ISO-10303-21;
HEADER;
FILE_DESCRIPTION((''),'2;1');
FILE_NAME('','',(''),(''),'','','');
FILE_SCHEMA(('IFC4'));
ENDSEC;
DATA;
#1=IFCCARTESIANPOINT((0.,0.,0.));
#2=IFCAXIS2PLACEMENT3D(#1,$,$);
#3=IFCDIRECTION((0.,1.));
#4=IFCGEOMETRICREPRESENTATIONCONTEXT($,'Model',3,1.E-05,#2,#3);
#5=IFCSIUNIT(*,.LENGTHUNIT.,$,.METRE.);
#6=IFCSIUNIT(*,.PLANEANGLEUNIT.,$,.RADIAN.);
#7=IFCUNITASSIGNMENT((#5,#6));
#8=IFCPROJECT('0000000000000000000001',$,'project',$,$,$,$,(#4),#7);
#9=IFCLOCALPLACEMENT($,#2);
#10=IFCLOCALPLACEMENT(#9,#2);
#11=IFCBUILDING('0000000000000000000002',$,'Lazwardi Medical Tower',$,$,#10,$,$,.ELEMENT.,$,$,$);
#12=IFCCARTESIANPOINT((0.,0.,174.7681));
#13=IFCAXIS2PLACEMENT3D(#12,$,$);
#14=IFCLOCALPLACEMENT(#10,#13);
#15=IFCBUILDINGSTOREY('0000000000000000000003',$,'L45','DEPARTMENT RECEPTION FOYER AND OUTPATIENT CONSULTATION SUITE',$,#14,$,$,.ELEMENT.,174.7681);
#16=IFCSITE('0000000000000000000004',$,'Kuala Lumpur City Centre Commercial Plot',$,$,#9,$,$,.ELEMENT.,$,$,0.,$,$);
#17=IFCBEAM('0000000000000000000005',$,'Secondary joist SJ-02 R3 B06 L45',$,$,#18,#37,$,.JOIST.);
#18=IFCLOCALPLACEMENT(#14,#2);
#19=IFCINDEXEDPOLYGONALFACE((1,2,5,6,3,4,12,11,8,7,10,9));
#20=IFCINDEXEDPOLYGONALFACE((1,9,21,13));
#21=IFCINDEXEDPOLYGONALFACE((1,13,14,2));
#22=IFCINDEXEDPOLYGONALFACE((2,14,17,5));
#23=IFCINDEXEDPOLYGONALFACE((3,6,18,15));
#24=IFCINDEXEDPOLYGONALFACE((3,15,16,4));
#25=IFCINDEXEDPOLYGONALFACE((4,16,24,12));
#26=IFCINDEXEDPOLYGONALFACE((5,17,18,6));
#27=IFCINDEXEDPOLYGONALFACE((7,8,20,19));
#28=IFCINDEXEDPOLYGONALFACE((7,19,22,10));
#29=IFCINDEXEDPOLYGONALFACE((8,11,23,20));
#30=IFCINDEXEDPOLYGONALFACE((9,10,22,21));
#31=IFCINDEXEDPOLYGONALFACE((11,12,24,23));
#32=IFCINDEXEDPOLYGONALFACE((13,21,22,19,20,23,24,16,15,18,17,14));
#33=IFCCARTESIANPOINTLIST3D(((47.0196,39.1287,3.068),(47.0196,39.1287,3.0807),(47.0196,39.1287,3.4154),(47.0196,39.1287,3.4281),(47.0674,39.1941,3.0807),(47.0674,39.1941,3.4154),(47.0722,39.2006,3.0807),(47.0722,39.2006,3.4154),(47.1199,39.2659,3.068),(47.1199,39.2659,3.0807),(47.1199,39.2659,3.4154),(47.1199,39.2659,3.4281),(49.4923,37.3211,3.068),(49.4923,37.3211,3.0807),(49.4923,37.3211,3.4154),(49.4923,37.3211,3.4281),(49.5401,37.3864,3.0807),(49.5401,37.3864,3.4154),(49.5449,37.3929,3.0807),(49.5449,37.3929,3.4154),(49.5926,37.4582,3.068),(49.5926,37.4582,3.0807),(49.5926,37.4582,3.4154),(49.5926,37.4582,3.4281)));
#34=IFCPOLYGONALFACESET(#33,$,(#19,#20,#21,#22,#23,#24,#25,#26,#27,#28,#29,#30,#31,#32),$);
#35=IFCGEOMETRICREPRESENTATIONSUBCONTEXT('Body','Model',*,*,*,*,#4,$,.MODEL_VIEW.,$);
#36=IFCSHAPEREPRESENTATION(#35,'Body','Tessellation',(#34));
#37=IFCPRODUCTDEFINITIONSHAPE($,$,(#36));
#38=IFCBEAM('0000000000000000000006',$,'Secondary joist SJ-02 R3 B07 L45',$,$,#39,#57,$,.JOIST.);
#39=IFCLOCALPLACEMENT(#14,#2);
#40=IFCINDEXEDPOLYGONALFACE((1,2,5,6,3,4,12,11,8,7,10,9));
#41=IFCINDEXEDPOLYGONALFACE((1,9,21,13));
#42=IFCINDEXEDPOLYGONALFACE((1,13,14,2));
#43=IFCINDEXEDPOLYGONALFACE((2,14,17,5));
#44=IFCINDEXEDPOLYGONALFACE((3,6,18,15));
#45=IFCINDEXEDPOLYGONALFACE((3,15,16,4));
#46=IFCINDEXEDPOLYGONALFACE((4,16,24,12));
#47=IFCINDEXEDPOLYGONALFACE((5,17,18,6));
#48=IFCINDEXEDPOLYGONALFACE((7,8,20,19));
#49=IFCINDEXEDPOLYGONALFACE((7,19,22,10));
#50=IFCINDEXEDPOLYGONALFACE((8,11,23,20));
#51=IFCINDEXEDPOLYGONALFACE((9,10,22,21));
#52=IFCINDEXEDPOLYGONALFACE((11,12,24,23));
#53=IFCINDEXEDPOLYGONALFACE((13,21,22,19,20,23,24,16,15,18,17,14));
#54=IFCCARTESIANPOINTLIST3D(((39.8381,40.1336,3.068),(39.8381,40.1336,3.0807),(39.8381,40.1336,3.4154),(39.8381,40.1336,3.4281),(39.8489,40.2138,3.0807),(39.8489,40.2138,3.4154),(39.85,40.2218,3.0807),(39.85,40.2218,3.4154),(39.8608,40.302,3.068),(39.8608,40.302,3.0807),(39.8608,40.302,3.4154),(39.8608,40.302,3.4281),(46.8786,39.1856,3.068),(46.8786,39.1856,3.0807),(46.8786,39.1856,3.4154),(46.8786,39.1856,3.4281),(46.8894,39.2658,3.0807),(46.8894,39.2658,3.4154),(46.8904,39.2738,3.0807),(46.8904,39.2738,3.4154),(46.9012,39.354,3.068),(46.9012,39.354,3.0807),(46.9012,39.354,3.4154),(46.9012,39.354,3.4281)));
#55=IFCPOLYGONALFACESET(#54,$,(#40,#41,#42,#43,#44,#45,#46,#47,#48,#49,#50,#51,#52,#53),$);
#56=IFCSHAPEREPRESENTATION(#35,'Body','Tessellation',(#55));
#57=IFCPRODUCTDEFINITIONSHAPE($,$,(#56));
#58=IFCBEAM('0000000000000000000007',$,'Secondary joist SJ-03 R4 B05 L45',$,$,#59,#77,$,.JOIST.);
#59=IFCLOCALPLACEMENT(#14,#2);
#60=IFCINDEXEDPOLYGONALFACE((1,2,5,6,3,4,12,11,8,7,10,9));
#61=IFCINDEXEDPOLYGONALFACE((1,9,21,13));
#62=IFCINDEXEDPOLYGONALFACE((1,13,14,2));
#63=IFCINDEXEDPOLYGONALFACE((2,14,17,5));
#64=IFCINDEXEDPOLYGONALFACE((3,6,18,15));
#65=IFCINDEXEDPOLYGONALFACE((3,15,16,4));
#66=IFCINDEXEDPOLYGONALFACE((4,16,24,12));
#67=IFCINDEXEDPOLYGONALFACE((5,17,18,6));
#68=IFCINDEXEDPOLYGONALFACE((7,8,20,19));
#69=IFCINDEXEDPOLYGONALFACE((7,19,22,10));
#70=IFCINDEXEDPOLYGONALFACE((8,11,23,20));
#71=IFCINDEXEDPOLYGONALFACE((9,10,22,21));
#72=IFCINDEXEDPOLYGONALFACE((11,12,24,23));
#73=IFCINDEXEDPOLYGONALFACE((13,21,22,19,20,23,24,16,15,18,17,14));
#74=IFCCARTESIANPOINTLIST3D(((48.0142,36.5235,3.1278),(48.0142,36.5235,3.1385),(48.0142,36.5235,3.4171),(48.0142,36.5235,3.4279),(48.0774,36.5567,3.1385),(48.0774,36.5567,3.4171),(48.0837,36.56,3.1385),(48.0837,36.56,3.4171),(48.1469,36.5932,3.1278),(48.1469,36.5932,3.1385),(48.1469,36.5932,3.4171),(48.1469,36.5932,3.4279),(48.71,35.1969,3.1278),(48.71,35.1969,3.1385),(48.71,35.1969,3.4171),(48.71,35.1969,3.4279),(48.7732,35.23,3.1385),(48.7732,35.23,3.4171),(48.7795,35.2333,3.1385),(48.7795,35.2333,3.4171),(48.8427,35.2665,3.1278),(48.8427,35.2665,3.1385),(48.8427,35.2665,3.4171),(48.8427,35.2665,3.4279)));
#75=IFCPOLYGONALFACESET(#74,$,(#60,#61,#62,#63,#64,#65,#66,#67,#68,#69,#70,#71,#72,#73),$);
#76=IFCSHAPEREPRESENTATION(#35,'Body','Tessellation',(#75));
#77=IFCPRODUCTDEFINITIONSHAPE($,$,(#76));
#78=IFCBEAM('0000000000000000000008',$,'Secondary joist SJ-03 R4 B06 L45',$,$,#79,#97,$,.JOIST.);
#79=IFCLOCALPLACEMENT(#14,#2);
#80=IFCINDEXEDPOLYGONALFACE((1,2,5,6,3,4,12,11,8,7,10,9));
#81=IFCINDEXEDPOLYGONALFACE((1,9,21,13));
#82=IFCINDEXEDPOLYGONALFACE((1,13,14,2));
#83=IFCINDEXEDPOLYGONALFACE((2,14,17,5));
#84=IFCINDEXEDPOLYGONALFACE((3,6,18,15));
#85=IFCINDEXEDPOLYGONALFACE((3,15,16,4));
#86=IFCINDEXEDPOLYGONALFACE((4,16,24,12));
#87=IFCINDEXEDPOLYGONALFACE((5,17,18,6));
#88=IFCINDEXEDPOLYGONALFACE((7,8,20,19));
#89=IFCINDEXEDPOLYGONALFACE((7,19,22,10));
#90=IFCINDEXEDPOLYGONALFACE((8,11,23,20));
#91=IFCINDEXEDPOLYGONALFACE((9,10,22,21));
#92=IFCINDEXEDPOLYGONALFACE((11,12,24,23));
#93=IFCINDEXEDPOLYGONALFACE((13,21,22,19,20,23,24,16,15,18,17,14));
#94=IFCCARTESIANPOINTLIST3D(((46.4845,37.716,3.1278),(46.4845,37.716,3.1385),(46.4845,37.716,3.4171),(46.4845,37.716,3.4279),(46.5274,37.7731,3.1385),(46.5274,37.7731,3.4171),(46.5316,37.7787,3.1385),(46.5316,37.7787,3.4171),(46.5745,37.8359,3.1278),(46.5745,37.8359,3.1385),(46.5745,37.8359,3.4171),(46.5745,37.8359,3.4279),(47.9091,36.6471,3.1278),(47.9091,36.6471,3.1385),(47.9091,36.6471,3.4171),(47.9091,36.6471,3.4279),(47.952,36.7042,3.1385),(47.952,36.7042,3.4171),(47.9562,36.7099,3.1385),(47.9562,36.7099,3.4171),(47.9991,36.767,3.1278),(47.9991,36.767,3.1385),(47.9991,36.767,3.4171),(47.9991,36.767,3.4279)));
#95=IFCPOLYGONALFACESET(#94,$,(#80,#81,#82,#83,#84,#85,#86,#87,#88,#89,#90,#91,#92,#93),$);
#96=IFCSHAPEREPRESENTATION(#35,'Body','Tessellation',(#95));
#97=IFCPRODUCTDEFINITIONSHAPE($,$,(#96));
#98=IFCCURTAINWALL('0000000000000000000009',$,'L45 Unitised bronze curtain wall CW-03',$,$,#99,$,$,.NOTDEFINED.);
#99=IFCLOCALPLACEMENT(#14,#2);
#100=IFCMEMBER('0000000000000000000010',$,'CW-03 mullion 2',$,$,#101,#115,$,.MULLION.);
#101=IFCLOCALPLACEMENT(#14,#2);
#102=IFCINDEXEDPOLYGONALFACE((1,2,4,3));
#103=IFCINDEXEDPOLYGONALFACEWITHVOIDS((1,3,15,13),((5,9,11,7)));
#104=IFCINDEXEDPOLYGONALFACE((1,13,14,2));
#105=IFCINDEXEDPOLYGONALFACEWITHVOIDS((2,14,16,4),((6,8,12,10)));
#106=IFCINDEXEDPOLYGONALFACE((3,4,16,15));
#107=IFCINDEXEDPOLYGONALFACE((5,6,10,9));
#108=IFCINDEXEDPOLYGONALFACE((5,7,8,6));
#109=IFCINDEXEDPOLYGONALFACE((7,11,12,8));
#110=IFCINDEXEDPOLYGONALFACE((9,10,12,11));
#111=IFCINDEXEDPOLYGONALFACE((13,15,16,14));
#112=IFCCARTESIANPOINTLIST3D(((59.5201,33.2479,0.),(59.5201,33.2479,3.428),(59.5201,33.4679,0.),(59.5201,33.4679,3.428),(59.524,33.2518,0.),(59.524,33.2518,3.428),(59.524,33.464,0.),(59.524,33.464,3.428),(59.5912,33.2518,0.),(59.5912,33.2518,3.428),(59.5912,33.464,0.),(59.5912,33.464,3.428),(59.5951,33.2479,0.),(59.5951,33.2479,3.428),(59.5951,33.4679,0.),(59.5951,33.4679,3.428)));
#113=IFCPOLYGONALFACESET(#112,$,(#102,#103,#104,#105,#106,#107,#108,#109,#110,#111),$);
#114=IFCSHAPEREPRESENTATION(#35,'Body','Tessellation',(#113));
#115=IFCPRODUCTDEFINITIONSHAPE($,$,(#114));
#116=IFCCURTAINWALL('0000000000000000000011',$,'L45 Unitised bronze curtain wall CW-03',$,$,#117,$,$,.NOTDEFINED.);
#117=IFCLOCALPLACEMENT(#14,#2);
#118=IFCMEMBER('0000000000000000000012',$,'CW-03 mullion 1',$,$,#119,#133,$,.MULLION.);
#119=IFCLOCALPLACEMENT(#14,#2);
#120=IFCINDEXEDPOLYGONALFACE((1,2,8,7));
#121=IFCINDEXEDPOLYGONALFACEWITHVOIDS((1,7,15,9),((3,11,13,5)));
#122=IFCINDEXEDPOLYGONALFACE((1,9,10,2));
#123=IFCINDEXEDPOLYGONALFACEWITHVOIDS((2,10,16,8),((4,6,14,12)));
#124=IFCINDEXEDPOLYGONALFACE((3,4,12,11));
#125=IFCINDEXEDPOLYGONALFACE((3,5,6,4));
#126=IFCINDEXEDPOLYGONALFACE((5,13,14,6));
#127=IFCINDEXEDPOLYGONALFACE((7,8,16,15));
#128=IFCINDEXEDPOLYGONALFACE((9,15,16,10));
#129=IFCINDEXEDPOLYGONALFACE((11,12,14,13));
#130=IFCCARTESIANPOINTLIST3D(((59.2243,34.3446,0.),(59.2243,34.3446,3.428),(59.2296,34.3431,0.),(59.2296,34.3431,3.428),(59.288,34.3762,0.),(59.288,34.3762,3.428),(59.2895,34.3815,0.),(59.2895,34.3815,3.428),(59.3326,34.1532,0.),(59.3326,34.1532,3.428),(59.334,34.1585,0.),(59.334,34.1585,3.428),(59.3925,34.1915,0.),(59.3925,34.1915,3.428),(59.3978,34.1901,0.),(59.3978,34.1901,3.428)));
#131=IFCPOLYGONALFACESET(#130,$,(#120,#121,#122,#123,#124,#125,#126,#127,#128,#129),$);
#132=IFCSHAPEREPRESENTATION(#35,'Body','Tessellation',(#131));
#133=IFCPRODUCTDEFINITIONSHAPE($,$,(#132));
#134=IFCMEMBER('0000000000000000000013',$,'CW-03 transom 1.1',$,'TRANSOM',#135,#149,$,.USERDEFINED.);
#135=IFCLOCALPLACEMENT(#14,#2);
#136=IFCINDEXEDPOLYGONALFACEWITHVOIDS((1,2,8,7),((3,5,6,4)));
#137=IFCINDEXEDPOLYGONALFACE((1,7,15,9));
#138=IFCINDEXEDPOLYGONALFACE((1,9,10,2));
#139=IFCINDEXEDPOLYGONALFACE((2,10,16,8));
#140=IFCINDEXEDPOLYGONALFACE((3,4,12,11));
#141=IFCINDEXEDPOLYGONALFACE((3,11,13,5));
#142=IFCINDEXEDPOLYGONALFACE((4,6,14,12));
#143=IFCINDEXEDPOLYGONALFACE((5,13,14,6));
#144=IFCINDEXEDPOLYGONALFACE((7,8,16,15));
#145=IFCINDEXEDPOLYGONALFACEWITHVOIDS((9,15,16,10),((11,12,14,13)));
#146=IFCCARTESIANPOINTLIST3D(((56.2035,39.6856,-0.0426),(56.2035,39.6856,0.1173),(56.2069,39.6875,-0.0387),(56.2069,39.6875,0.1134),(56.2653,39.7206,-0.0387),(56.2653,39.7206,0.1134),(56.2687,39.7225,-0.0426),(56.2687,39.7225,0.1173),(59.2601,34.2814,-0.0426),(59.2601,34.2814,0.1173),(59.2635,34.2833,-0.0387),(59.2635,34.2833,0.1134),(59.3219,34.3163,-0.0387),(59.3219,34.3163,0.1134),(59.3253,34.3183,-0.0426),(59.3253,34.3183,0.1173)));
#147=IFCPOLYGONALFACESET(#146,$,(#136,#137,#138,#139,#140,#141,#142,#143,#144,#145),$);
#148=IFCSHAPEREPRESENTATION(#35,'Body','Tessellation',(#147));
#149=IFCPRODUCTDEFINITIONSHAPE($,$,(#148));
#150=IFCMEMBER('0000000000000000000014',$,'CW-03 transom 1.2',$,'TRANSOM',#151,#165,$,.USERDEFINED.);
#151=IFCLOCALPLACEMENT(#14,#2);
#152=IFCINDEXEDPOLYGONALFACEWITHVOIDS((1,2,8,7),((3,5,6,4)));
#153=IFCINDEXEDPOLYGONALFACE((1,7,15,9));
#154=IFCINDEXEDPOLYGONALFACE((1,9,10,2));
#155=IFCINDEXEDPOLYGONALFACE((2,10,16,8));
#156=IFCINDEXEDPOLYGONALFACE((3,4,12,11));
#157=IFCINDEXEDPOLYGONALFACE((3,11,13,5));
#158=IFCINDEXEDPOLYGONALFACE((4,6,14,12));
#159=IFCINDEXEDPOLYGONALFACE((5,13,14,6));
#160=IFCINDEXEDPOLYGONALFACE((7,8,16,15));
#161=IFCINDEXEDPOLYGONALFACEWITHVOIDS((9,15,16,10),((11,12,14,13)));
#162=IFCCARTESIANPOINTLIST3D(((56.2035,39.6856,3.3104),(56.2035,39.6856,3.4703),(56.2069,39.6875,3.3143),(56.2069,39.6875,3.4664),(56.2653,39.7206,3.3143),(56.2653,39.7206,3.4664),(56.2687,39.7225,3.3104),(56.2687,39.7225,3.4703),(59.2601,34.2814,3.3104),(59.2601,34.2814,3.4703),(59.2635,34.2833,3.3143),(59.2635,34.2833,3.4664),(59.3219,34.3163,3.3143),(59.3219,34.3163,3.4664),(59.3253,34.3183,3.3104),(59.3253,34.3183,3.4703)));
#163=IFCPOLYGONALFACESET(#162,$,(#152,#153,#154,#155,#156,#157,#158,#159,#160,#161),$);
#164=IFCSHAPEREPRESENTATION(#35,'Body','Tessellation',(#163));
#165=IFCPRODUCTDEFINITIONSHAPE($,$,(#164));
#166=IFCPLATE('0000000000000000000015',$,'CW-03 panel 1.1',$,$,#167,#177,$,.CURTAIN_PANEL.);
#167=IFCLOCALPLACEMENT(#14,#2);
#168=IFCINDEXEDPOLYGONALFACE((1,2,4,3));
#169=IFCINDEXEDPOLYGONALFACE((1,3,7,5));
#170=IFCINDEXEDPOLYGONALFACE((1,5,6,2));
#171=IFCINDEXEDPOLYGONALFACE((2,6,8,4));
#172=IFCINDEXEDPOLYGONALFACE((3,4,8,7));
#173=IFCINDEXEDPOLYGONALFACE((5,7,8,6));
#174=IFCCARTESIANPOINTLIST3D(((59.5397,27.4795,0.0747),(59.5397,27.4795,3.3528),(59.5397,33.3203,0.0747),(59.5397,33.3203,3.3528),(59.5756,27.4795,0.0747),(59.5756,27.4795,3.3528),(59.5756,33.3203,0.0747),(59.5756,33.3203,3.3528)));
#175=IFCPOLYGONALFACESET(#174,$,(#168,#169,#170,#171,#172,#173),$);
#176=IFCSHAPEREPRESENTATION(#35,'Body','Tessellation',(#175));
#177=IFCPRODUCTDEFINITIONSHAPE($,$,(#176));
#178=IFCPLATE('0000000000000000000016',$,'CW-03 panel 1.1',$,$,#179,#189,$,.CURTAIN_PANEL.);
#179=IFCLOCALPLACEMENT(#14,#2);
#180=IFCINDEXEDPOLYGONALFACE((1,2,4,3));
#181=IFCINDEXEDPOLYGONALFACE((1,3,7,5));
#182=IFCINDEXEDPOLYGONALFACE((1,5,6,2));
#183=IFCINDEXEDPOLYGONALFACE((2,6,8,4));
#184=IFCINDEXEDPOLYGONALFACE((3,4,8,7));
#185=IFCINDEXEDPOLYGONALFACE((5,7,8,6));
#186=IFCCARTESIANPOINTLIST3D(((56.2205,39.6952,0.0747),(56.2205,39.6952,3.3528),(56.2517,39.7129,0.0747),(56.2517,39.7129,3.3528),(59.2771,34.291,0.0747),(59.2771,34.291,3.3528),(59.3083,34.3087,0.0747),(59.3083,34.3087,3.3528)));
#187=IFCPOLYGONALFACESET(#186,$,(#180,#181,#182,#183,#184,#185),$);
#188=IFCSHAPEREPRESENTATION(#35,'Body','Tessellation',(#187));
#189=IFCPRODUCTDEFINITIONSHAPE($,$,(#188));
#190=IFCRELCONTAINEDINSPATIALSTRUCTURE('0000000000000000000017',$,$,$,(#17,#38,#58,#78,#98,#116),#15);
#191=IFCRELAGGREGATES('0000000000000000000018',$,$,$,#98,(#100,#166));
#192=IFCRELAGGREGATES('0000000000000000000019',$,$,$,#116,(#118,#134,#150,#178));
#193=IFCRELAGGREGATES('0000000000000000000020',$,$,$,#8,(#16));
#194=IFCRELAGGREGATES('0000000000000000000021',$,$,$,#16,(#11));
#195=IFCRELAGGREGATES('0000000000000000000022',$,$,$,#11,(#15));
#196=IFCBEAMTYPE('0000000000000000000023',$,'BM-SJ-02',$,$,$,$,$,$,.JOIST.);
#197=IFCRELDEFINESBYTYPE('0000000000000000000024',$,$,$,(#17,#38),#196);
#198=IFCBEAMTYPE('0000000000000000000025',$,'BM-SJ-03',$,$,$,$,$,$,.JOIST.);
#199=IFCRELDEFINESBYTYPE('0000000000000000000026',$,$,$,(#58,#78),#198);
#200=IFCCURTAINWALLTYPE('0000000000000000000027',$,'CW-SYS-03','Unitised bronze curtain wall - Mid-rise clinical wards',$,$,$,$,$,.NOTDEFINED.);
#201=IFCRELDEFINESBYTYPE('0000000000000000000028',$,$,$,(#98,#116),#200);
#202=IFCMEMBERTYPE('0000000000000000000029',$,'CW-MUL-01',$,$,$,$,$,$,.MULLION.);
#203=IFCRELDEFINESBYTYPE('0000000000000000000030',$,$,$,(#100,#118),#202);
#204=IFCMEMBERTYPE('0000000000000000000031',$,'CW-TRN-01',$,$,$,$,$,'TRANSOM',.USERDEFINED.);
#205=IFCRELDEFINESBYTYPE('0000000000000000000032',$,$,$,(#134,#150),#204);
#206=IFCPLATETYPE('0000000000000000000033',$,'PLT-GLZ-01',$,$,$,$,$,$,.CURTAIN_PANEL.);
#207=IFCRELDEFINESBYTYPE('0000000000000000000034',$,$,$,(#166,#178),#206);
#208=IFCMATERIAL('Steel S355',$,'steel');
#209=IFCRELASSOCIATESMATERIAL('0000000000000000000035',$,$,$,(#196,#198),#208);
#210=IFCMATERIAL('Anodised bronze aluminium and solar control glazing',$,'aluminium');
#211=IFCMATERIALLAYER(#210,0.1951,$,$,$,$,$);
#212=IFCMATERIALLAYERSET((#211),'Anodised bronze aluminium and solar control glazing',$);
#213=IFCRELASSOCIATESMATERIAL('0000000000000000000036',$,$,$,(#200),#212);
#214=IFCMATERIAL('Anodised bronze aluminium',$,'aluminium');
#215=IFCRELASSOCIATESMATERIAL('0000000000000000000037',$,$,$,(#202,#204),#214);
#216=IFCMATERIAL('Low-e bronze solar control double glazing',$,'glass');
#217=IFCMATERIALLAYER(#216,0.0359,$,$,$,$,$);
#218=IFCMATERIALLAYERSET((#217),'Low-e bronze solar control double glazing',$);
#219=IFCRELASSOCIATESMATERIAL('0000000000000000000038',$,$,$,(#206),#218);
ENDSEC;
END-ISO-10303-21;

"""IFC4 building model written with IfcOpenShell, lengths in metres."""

from ifc_helpers import new_model, si_unit, direction, frame, origin, origin_2d, place, context, subcontext, project, spatial, rectangle, hollow_rectangle, i_section, extrude, material, layer, layer_set, material_profile, profile_set, type_object, element, aggregate, save


model = new_model("IFC4")

# Units and contexts
model_context = context("Model", 3, precision=1e-05, world=origin(), true_north=direction((0.0, 1.0)))
body_context = subcontext(model_context, "Body", "Model", "MODEL_VIEW")
ifc_project = project(units=[si_unit("LENGTHUNIT", "METRE"), si_unit("PLANEANGLEUNIT", "RADIAN")], contexts=[model_context])

# Site, building, storey
site_placement = place(None, origin())
site = spatial("IfcSite", under=ifc_project, at=site_placement, Name="Kuala Lumpur City Centre Commercial Plot", CompositionType="ELEMENT", RefElevation=0.0)
building_placement = place(site_placement, origin())
building = spatial("IfcBuilding", under=site, at=building_placement, Name="Lazwardi Medical Tower", CompositionType="ELEMENT")
storey_placement = place(building_placement, frame((0.0, 0.0, 174.7681)))
storey = spatial("IfcBuildingStorey", under=building, at=storey_placement, Name="L45", Description="DEPARTMENT RECEPTION FOYER AND OUTPATIENT CONSULTATION SUITE", CompositionType="ELEMENT", Elevation=174.7681)

# Beams
ifc_material_1 = material(Name="Steel S355", Category="steel")
ifc_material_profile_1 = material_profile(ifc_material_1, i_section(OverallWidth=0.1699, OverallDepth=0.3601, WebThickness=0.0081, FlangeThickness=0.0127, at=origin_2d()), Name="IPE 360")
ifc_profile_set_1 = profile_set([ifc_material_profile_1], Name="Steel S355")
beam_type_1 = type_object("IfcBeamType", Name="BM-SJ-02", PredefinedType="JOIST", material=ifc_profile_set_1)
beam_1_placement = place(storey_placement, frame((49.5425, 37.3896, 3.248), z_axis=(-0.807286, 0.59016, 0.0), x_axis=(-0.59016, -0.807286, 0.0)))
element("IfcBeam", 1, at=beam_1_placement, inside=storey, type_object=beam_type_1, Name="Secondary joist SJ-02 R3 B06 L45", PredefinedType="JOIST", context=body_context, shape_type="SweptSolid", body=[
    extrude(i_section(OverallWidth=0.1699, OverallDepth=0.3601, WebThickness=0.0081, FlangeThickness=0.0127, at=origin_2d()), origin(), (0.0, 0.0, 1.0), 3.063),
])
beam_2_placement = place(storey_placement, frame((46.8899, 39.2698, 3.248), z_axis=(-0.991056, 0.133444, 0.0), x_axis=(-0.133444, -0.991056, 0.0)))
element("IfcBeam", 2, at=beam_2_placement, inside=storey, type_object=beam_type_1, Name="Secondary joist SJ-02 R3 B07 L45", PredefinedType="JOIST", context=body_context, shape_type="SweptSolid", body=[
    extrude(i_section(OverallWidth=0.1699, OverallDepth=0.3601, WebThickness=0.0081, FlangeThickness=0.0127, at=origin_2d()), origin(), (0.0, 0.0, 1.0), 7.104),
])
ifc_material_profile_2 = material_profile(ifc_material_1, i_section(OverallWidth=0.1499, OverallDepth=0.3, WebThickness=0.0071, FlangeThickness=0.0107, at=origin_2d()), Name="IPE 300")
ifc_profile_set_2 = profile_set([ifc_material_profile_2], Name="Steel S355")
beam_type_2 = type_object("IfcBeamType", Name="BM-SJ-03", PredefinedType="JOIST", material=ifc_profile_set_2)
beam_3_placement = place(storey_placement, frame((48.7764, 35.2317, 3.2778), z_axis=(-0.46447, 0.885589, 0.0), x_axis=(-0.885589, -0.46447, 0.0)))
element("IfcBeam", 3, at=beam_3_placement, inside=storey, type_object=beam_type_2, Name="Secondary joist SJ-03 R4 B05 L45", PredefinedType="JOIST", context=body_context, shape_type="SweptSolid", body=[
    extrude(i_section(OverallWidth=0.1499, OverallDepth=0.3, WebThickness=0.0071, FlangeThickness=0.0107, at=origin_2d()), origin(), (0.0, 0.0, 1.0), 1.498),
])
beam_4_placement = place(storey_placement, frame((47.9541, 36.707, 3.2778), z_axis=(-0.799885, 0.600154, 0.0), x_axis=(-0.600154, -0.799885, 0.0)))
element("IfcBeam", 4, at=beam_4_placement, inside=storey, type_object=beam_type_2, Name="Secondary joist SJ-03 R4 B06 L45", PredefinedType="JOIST", context=body_context, shape_type="SweptSolid", body=[
    extrude(i_section(OverallWidth=0.1499, OverallDepth=0.3, WebThickness=0.0071, FlangeThickness=0.0107, at=origin_2d()), origin(), (0.0, 0.0, 1.0), 1.781),
])

# Curtain wall, member
ifc_material_2 = material(Name="Anodised bronze aluminium and solar control glazing", Category="aluminium")
ifc_layer_1 = layer(ifc_material_2, 0.1951)
ifc_layer_set_1 = layer_set([ifc_layer_1], Name="Anodised bronze aluminium and solar control glazing")
curtain_wall_type = type_object("IfcCurtainWallType", Name="CW-SYS-03", Description="Unitised bronze curtain wall - Mid-rise clinical wards", PredefinedType="NOTDEFINED", material=ifc_layer_set_1)
curtain_wall_1_placement = place(storey_placement, origin())
curtain_wall_1 = element("IfcCurtainWall", 5, at=curtain_wall_1_placement, inside=storey, type_object=curtain_wall_type, Name="L45 Unitised bronze curtain wall CW-03", PredefinedType="NOTDEFINED")
ifc_material_3 = material(Name="Anodised bronze aluminium", Category="aluminium")
ifc_material_profile_3 = material_profile(ifc_material_3, hollow_rectangle(XDim=0.075, YDim=0.22, WallThickness=0.0039, at=origin_2d()), Name="ALU-MULLION 220x75x4")
ifc_profile_set_3 = profile_set([ifc_material_profile_3], Name="Anodised bronze aluminium")
member_type_1 = type_object("IfcMemberType", Name="CW-MUL-01", PredefinedType="MULLION", material=ifc_profile_set_3)
member_1_placement = place(storey_placement, frame((59.5576, 33.3579, 0.0), z_axis=(0.0, 0.0, 1.0), x_axis=(-1.0, 0.0, 0.0)))
member_1 = element("IfcMember", 6, at=member_1_placement, type_object=member_type_1, Name="CW-03 mullion 2", PredefinedType="MULLION", context=body_context, shape_type="SweptSolid", body=[
    extrude(hollow_rectangle(XDim=0.075, YDim=0.22, WallThickness=0.0039, at=origin_2d()), origin(), (0.0, 0.0, 1.0), 3.428),
])

# Curtain wall, members
curtain_wall_2_placement = place(storey_placement, origin())
curtain_wall_2 = element("IfcCurtainWall", 7, at=curtain_wall_2_placement, inside=storey, type_object=curtain_wall_type, Name="L45 Unitised bronze curtain wall CW-03", PredefinedType="NOTDEFINED")
member_2_placement = place(storey_placement, frame((59.311, 34.2673, 0.0), z_axis=(0.0, 0.0, 1.0), x_axis=(-0.870419, -0.492312, 0.0)))
member_2 = element("IfcMember", 8, at=member_2_placement, type_object=member_type_1, Name="CW-03 mullion 1", PredefinedType="MULLION", context=body_context, shape_type="SweptSolid", body=[
    extrude(hollow_rectangle(XDim=0.075, YDim=0.22, WallThickness=0.0039, at=origin_2d()), origin(), (0.0, 0.0, 1.0), 3.428),
])
ifc_material_profile_4 = material_profile(ifc_material_3, hollow_rectangle(XDim=0.075, YDim=0.1599, WallThickness=0.0039, at=origin_2d()), Name="ALU-TRANSOM 160x75x4")
ifc_profile_set_4 = profile_set([ifc_material_profile_4], Name="Anodised bronze aluminium")
member_type_2 = type_object("IfcMemberType", Name="CW-TRN-01", ElementType="TRANSOM", PredefinedType="USERDEFINED", material=ifc_profile_set_4)
member_3_placement = place(storey_placement, frame((59.2927, 34.2998, 0.0374), z_axis=(-0.492306, 0.870422, 0.0), x_axis=(-0.870422, -0.492306, 0.0)))
member_3 = element("IfcMember", 9, at=member_3_placement, type_object=member_type_2, Name="CW-03 transom 1.1", ObjectType="TRANSOM", PredefinedType="USERDEFINED", context=body_context, shape_type="SweptSolid", body=[
    extrude(hollow_rectangle(XDim=0.075, YDim=0.1599, WallThickness=0.0039, at=origin_2d()), origin(), (0.0, 0.0, 1.0), 6.2087),
])
member_4_placement = place(storey_placement, frame((59.2927, 34.2998, 3.3904), z_axis=(-0.492306, 0.870422, 0.0), x_axis=(-0.870422, -0.492306, 0.0)))
member_4 = element("IfcMember", 10, at=member_4_placement, type_object=member_type_2, Name="CW-03 transom 1.2", ObjectType="TRANSOM", PredefinedType="USERDEFINED", context=body_context, shape_type="SweptSolid", body=[
    extrude(hollow_rectangle(XDim=0.075, YDim=0.1599, WallThickness=0.0039, at=origin_2d()), origin(), (0.0, 0.0, 1.0), 6.2087),
])

# Plates
ifc_material_4 = material(Name="Low-e bronze solar control double glazing", Category="glass")
ifc_layer_2 = layer(ifc_material_4, 0.0359)
ifc_layer_set_2 = layer_set([ifc_layer_2], Name="Low-e bronze solar control double glazing")
plate_type = type_object("IfcPlateType", Name="PLT-GLZ-01", PredefinedType="CURTAIN_PANEL", material=ifc_layer_set_2)
plate_1_placement = place(storey_placement, frame((59.5576, 30.3999, 0.0747), z_axis=(0.0, 0.0, 1.0), x_axis=(0.0, 1.0, 0.0)))
plate_1 = element("IfcPlate", 11, at=plate_1_placement, type_object=plate_type, Name="CW-03 panel 1.1", PredefinedType="CURTAIN_PANEL", context=body_context, shape_type="SweptSolid", body=[
    extrude(rectangle(XDim=5.8408, YDim=0.0359, at=origin_2d()), origin(), (0.0, 0.0, 1.0), 3.2781),
])
aggregate(curtain_wall_1, [member_1, plate_1])
plate_2_placement = place(storey_placement, frame((57.7644, 37.002, 0.0747), z_axis=(0.0, 0.0, 1.0), x_axis=(-0.492312, 0.870419, 0.0)))
plate_2 = element("IfcPlate", 12, at=plate_2_placement, type_object=plate_type, Name="CW-03 panel 1.1", PredefinedType="CURTAIN_PANEL", context=body_context, shape_type="SweptSolid", body=[
    extrude(rectangle(XDim=6.2087, YDim=0.0359, at=origin_2d()), origin(), (0.0, 0.0, 1.0), 3.2781),
])
aggregate(curtain_wall_2, [member_2, member_3, member_4, plate_2])

save(model, "model.ifc")
